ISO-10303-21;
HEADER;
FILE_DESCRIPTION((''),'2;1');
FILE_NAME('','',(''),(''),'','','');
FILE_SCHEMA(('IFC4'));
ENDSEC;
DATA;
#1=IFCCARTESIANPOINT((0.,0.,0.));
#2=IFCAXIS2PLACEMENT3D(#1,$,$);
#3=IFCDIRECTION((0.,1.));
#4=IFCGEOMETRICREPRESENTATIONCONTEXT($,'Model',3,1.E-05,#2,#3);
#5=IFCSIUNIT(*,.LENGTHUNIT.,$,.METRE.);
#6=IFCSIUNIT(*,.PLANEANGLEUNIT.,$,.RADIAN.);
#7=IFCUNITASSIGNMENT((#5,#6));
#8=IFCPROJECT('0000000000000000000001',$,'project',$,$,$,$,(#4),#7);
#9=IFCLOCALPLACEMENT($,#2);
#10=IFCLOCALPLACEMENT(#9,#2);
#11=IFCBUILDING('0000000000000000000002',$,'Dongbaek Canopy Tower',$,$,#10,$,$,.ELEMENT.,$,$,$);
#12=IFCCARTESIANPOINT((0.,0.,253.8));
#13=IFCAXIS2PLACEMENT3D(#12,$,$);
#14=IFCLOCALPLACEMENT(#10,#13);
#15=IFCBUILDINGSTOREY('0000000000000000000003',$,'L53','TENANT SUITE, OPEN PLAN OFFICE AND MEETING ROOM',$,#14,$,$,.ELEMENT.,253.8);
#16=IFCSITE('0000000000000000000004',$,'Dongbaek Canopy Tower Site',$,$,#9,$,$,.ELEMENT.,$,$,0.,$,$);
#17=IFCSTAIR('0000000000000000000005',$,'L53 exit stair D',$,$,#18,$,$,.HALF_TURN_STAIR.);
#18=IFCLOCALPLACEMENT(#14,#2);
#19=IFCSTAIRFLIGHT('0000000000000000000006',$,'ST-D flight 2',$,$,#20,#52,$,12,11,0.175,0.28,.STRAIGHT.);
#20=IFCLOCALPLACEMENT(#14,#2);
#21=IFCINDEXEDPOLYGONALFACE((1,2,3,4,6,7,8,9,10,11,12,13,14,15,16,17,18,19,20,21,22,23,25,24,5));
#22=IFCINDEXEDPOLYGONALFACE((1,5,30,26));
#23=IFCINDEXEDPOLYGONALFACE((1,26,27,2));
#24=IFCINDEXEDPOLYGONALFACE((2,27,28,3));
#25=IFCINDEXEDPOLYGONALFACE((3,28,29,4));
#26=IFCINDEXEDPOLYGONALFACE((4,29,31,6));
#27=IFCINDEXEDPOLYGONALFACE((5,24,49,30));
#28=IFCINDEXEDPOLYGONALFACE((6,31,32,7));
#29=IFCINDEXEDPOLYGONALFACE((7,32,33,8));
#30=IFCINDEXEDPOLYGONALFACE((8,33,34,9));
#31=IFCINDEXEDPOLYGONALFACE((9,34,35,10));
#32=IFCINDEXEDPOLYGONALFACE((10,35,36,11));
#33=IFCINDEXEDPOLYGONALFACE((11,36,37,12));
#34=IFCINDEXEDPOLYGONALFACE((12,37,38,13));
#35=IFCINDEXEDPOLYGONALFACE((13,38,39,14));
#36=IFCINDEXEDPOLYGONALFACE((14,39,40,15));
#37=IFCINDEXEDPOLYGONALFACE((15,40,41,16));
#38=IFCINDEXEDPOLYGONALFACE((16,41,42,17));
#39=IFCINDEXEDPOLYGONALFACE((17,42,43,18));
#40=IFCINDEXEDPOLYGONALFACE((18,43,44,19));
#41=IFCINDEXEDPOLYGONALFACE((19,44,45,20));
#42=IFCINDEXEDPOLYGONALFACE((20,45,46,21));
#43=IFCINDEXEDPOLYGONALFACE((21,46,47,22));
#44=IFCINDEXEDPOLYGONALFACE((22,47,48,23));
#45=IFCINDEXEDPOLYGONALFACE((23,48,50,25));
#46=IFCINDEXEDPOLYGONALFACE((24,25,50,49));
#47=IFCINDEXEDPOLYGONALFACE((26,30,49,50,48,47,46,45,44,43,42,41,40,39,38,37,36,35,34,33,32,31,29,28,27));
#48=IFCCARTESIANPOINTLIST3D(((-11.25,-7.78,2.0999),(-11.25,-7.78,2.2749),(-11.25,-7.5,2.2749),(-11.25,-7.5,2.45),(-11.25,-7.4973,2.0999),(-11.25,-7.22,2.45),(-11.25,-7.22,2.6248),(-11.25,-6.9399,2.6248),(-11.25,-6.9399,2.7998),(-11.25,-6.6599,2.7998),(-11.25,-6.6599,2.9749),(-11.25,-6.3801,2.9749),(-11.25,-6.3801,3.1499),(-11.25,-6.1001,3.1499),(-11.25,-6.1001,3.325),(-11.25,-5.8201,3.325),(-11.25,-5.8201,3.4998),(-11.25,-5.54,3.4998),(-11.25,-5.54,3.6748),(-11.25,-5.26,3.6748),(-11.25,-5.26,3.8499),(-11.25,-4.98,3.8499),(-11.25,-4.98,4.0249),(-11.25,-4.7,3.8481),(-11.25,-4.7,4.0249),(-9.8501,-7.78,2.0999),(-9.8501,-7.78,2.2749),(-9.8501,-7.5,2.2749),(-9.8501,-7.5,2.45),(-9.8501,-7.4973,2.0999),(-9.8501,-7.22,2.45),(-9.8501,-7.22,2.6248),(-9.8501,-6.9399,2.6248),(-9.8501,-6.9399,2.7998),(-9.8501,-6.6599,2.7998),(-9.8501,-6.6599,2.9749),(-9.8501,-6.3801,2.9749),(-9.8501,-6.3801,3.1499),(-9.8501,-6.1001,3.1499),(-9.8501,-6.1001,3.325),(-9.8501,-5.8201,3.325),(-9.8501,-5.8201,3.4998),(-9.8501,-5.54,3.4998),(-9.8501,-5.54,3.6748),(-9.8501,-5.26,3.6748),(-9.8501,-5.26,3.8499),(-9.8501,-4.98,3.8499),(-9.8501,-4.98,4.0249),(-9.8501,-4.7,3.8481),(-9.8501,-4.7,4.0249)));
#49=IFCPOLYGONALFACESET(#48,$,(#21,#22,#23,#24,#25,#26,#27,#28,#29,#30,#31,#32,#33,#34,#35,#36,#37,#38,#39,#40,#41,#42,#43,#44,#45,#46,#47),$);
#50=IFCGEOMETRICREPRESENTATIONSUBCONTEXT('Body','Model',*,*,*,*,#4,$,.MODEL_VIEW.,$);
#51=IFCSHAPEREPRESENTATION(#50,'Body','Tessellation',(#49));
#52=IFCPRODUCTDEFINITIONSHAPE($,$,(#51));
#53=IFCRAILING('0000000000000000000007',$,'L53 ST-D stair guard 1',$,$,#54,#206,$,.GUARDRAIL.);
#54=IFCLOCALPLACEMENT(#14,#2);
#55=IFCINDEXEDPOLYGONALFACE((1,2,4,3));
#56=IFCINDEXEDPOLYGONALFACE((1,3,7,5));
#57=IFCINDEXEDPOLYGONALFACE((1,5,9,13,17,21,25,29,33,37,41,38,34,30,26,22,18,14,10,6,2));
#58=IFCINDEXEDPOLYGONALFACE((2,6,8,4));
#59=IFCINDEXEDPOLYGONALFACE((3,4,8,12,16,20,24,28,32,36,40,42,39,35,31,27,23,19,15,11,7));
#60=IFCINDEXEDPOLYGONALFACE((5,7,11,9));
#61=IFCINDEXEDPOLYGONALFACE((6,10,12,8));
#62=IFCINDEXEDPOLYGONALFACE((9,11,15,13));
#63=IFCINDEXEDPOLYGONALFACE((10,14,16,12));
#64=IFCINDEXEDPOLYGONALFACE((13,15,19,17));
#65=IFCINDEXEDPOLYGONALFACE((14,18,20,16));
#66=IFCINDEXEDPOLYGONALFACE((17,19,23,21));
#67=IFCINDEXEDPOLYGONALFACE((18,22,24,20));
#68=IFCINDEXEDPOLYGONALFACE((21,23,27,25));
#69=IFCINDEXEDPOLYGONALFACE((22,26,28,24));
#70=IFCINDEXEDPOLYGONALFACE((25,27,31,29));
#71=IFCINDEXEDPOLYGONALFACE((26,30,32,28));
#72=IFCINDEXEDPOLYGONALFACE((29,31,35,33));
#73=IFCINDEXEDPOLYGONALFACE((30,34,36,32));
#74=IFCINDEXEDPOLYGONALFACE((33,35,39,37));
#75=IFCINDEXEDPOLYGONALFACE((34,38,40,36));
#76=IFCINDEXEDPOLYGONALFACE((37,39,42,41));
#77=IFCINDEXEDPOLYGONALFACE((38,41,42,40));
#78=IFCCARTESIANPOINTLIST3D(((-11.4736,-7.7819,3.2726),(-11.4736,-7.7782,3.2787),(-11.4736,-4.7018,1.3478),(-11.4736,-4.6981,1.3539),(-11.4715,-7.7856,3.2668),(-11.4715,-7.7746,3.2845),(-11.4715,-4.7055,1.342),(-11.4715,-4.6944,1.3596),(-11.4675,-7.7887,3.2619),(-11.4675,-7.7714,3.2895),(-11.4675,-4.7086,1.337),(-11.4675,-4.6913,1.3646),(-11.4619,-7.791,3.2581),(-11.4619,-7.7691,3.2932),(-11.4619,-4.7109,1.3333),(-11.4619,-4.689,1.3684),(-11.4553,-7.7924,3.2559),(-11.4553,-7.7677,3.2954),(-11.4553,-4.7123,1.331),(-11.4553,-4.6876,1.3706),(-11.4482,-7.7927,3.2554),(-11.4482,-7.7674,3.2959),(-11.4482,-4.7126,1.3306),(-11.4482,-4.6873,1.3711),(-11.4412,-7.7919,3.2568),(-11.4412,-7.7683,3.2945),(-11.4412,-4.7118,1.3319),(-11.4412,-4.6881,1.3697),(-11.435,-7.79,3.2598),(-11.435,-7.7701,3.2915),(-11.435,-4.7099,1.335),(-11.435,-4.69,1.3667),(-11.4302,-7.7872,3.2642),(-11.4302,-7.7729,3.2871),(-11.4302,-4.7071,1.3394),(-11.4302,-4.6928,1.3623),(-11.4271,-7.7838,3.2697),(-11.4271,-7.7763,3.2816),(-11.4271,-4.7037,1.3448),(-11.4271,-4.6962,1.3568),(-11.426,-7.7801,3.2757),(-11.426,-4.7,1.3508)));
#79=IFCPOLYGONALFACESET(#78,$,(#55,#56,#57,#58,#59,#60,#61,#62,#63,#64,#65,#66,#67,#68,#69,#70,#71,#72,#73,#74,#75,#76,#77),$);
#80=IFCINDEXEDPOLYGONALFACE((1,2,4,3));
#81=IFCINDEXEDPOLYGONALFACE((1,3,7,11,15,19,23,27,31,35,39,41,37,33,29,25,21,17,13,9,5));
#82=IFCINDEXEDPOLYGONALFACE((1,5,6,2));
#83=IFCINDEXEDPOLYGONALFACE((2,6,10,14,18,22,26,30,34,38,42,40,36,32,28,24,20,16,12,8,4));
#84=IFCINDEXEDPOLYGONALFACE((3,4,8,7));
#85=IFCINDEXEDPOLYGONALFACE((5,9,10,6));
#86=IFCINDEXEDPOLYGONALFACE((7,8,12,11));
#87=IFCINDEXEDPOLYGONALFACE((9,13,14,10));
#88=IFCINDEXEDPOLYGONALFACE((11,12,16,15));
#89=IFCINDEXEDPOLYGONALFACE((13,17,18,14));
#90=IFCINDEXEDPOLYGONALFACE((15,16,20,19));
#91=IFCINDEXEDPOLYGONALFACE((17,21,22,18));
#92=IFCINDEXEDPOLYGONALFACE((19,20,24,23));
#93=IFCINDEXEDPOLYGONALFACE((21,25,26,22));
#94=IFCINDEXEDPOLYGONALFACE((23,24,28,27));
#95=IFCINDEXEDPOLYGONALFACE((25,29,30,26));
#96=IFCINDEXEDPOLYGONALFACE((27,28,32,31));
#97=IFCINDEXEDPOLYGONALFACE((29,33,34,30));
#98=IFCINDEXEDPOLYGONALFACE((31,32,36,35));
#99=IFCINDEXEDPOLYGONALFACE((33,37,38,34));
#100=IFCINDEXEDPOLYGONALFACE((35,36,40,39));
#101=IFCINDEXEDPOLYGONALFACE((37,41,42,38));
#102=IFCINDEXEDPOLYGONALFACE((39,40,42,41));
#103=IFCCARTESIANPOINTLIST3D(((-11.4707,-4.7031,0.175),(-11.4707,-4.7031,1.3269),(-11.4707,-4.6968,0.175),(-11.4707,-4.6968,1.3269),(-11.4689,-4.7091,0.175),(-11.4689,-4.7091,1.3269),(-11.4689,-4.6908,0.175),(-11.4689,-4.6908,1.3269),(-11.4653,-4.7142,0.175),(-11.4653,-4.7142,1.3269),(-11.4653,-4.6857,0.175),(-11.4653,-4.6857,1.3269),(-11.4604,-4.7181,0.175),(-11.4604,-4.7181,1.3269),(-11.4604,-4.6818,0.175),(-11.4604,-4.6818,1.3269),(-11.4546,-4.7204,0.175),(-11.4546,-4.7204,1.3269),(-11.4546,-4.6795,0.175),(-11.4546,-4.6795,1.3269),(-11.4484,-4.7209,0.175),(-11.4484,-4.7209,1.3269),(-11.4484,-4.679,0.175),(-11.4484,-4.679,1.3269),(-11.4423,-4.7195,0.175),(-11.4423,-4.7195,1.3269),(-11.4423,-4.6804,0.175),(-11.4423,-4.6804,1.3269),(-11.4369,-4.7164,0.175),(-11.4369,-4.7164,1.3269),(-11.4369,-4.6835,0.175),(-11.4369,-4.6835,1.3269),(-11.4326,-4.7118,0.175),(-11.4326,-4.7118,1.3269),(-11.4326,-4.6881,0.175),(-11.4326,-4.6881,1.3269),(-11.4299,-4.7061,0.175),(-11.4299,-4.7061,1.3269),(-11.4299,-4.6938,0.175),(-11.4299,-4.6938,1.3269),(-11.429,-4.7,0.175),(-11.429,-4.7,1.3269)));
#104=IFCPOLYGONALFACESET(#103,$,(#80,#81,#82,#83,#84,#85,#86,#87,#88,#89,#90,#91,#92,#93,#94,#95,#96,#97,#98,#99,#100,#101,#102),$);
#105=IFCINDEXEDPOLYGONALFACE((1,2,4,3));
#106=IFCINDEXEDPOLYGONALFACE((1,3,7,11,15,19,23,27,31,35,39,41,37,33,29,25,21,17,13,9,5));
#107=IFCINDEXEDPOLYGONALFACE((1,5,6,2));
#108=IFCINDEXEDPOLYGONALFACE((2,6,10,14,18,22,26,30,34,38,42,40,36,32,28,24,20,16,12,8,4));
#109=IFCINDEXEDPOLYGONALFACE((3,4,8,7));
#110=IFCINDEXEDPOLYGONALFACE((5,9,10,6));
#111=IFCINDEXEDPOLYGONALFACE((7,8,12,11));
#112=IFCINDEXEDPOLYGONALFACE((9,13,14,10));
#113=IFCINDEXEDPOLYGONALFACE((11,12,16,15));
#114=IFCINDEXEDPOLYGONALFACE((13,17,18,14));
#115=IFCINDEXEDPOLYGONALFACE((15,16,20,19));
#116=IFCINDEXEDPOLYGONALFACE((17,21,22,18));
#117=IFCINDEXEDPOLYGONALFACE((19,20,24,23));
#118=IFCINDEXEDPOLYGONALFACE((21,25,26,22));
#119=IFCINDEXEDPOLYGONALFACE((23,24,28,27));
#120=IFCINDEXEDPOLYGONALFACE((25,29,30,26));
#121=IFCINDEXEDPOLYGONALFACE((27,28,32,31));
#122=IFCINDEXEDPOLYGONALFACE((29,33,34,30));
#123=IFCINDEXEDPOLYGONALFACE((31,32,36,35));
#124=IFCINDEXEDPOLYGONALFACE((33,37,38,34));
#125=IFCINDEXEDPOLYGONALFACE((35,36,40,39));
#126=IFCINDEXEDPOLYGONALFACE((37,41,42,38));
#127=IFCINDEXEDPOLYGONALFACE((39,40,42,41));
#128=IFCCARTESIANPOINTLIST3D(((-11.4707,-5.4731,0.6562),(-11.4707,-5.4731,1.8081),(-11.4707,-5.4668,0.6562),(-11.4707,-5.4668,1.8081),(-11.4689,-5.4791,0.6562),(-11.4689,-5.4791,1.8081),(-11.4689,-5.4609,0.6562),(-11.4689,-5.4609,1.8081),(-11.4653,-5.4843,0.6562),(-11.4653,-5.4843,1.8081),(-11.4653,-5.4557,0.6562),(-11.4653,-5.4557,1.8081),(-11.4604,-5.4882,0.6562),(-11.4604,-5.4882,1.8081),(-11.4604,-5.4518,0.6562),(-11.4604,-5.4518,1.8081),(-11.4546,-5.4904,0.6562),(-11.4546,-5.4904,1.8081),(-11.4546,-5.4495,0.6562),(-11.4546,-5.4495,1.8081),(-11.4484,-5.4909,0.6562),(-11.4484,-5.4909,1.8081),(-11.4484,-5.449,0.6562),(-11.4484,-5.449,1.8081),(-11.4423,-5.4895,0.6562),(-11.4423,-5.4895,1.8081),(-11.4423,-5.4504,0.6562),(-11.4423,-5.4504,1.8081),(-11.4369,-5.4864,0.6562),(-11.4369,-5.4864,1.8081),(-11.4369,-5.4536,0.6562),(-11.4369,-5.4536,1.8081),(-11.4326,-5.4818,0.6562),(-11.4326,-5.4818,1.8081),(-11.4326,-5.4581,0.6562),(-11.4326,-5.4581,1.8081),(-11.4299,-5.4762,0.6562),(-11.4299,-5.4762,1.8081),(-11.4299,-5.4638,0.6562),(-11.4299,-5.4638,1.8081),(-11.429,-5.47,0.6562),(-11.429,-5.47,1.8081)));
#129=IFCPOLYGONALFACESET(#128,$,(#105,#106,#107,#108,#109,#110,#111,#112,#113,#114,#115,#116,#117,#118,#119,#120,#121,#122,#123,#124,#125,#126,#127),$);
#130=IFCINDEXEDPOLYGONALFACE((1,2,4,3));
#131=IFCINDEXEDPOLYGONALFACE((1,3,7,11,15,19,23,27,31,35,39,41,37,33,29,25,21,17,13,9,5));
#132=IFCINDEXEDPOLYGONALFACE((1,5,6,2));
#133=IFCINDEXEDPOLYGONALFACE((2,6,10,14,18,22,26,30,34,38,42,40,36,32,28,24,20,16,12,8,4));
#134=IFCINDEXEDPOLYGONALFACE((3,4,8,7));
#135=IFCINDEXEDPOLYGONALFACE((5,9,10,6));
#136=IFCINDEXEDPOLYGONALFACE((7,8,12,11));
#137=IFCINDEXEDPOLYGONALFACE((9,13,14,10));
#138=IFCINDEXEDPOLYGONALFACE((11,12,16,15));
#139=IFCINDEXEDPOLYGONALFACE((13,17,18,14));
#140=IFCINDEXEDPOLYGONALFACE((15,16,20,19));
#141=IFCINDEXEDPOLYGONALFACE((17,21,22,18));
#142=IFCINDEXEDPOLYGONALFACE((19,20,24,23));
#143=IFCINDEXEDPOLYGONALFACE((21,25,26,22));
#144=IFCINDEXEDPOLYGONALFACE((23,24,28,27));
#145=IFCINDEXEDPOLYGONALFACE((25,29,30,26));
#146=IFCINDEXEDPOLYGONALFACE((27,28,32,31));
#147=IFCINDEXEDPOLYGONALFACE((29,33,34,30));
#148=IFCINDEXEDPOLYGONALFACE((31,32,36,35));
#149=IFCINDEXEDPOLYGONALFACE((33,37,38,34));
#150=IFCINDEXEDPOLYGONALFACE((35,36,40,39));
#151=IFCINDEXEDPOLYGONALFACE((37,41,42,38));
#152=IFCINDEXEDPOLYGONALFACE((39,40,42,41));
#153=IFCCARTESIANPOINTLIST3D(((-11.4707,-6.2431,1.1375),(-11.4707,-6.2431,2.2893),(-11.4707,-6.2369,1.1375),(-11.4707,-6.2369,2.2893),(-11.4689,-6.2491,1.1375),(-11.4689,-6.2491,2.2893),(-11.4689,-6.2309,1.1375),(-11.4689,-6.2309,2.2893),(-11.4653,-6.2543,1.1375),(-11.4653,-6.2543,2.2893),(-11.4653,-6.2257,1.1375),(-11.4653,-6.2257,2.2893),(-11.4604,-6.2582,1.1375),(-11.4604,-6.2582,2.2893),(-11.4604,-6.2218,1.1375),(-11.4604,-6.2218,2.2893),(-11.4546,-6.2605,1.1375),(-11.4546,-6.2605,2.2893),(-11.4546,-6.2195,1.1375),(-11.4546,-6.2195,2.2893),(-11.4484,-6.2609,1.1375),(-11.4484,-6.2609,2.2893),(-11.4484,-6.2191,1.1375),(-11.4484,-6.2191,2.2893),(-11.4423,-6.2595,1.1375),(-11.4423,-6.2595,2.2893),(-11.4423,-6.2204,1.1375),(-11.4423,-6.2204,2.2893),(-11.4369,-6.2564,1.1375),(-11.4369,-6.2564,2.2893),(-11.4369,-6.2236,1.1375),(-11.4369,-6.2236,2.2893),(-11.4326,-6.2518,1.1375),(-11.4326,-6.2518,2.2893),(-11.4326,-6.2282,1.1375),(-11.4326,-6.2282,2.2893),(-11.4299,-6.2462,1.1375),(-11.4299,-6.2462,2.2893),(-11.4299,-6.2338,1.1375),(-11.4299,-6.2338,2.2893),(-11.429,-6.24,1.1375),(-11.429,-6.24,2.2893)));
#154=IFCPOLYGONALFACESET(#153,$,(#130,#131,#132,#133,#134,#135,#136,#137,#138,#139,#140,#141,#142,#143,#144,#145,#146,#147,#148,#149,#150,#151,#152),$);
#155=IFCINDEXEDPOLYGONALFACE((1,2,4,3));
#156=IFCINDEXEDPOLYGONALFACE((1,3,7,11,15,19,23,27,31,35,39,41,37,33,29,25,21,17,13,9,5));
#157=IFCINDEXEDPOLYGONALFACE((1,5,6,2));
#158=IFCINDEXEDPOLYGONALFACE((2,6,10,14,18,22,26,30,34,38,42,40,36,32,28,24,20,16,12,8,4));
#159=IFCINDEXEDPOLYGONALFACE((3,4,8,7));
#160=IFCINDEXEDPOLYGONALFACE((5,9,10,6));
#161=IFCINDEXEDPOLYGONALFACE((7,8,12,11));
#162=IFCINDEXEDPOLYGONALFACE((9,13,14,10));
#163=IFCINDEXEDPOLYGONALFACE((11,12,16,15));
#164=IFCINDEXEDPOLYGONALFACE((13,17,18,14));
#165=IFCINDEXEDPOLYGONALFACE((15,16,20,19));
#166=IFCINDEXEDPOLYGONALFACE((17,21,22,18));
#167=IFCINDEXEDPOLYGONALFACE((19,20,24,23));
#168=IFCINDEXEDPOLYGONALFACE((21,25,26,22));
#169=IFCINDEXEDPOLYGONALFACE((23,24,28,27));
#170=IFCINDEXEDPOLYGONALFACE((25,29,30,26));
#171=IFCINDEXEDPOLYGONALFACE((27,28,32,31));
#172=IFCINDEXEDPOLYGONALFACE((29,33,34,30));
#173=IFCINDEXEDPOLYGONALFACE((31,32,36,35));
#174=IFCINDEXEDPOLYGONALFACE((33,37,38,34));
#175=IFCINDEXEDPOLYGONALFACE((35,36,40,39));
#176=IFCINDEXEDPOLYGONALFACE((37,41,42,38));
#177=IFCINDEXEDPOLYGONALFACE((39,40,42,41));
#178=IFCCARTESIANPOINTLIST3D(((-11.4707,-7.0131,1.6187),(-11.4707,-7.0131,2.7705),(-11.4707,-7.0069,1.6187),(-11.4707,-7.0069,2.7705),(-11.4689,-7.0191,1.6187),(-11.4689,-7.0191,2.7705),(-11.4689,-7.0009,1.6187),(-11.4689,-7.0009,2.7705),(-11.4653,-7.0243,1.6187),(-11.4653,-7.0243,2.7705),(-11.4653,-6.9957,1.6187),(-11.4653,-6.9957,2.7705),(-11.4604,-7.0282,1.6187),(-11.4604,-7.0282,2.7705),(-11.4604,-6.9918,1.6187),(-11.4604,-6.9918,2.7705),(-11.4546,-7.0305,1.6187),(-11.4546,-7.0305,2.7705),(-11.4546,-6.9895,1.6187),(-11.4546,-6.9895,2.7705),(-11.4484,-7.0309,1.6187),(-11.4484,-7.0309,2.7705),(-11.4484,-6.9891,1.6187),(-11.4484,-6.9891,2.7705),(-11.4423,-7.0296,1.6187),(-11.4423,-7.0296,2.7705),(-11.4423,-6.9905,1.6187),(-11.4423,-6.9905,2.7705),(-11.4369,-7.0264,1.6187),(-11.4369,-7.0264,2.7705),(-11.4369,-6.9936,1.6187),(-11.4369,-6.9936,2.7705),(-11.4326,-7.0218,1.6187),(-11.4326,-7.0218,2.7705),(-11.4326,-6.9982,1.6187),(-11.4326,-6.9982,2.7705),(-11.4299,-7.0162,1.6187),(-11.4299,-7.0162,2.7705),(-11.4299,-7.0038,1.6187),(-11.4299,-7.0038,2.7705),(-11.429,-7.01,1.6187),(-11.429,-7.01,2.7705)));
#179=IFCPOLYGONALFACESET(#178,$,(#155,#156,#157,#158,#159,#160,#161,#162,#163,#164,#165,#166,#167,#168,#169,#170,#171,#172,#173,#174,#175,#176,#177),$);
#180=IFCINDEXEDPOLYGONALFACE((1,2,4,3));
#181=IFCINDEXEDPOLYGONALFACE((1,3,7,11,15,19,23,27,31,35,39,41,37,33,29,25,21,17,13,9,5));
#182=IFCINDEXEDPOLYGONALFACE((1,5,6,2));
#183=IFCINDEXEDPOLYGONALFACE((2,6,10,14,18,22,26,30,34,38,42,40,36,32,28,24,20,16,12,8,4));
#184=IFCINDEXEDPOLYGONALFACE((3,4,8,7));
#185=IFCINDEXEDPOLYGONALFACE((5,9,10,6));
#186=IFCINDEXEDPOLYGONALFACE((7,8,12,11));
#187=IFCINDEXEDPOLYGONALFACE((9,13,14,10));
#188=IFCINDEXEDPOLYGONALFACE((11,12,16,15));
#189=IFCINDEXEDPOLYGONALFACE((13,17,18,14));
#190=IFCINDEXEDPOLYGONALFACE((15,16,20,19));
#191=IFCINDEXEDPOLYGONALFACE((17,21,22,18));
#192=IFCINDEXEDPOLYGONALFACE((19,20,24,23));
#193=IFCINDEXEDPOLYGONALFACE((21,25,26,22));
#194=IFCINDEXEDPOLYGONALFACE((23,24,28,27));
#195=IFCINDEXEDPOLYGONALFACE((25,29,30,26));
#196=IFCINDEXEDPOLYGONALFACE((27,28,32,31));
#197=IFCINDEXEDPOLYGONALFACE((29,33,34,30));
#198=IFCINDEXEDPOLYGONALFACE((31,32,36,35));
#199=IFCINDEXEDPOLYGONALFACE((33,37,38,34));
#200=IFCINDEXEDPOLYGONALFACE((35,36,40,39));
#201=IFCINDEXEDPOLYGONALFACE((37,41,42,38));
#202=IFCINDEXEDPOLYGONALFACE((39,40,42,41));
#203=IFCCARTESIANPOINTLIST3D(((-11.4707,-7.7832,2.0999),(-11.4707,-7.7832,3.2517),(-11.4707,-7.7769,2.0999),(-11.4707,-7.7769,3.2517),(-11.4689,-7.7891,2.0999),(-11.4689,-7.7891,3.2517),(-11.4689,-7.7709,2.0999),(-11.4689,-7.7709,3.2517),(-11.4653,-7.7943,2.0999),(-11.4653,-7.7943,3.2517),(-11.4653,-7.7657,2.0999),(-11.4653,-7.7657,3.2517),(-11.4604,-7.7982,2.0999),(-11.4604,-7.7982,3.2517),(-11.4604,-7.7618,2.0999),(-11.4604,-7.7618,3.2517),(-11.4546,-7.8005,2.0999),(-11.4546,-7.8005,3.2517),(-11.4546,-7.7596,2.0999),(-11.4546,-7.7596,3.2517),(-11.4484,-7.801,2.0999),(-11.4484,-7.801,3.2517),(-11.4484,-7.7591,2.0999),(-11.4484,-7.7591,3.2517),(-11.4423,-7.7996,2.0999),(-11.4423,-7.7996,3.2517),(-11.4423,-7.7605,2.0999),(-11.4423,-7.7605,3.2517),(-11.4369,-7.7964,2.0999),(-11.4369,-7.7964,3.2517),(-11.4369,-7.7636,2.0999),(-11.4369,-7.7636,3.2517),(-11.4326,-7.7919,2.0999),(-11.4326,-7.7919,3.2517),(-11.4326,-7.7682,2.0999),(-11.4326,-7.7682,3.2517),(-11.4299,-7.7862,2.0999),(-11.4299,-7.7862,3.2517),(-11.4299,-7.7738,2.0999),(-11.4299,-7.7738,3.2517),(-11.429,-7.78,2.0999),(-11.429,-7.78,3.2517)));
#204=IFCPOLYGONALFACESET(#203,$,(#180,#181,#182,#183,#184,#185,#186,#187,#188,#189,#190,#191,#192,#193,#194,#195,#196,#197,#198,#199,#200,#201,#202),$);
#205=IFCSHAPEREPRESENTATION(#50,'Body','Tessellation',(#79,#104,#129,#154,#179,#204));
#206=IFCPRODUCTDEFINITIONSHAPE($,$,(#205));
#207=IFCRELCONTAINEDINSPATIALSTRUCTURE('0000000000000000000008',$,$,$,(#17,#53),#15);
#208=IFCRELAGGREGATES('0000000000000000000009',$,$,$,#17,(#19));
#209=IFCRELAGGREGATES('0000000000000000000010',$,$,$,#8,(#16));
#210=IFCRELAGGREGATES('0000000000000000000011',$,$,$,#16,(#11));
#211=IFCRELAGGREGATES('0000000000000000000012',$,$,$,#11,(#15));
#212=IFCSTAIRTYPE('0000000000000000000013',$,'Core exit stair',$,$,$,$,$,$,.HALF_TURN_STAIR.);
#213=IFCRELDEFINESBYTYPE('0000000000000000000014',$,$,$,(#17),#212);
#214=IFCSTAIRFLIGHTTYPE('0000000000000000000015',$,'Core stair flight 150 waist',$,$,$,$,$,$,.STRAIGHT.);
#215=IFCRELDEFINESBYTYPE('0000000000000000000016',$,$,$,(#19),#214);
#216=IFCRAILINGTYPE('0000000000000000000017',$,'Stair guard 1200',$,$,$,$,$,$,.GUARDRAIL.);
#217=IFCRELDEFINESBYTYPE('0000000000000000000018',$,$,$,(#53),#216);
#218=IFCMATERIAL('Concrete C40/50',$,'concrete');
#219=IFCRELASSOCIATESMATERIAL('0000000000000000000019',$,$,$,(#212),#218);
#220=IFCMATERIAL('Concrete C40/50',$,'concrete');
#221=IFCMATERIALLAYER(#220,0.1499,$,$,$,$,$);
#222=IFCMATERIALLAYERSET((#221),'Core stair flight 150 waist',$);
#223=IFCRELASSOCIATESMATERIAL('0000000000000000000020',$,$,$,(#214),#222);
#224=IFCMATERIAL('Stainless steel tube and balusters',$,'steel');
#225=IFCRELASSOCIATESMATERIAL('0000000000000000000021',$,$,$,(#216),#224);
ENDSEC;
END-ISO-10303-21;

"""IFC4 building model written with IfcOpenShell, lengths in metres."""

from ifc_helpers import new_model, si_unit, direction, frame, origin, origin_2d, place, context, subcontext, project, spatial, polyline, circle, outline, extrude, material, layer, layer_set, type_object, element, aggregate, save


model = new_model("IFC4")

# Units and contexts
model_context = context("Model", 3, precision=1e-05, world=origin(), true_north=direction((0.0, 1.0)))
body_context = subcontext(model_context, "Body", "Model", "MODEL_VIEW")
ifc_project = project(units=[si_unit("LENGTHUNIT", "METRE"), si_unit("PLANEANGLEUNIT", "RADIAN")], contexts=[model_context])

# Site, building, storey
site_placement = place(None, origin())
site = spatial("IfcSite", under=ifc_project, at=site_placement, Name="Dongbaek Canopy Tower Site", CompositionType="ELEMENT", RefElevation=0.0)
building_placement = place(site_placement, origin())
building = spatial("IfcBuilding", under=site, at=building_placement, Name="Dongbaek Canopy Tower", CompositionType="ELEMENT")
storey_placement = place(building_placement, frame((0.0, 0.0, 253.8)))
storey = spatial("IfcBuildingStorey", under=building, at=storey_placement, Name="L53", Description="TENANT SUITE, OPEN PLAN OFFICE AND MEETING ROOM", CompositionType="ELEMENT", Elevation=253.8)

# Stair, stair flight
ifc_material_1 = material(Name="Concrete C40/50", Category="concrete")
stair_type = type_object("IfcStairType", Name="Core exit stair", PredefinedType="HALF_TURN_STAIR", material=ifc_material_1)
stair_placement = place(storey_placement, origin())
stair = element("IfcStair", 1, at=stair_placement, inside=storey, type_object=stair_type, Name="L53 exit stair D", PredefinedType="HALF_TURN_STAIR")
ifc_material_2 = material(Name="Concrete C40/50", Category="concrete")
ifc_layer_1 = layer(ifc_material_2, 0.1499)
ifc_layer_set_1 = layer_set([ifc_layer_1], Name="Core stair flight 150 waist")
stair_flight_type = type_object("IfcStairFlightType", Name="Core stair flight 150 waist", PredefinedType="STRAIGHT", material=ifc_layer_set_1)
stair_flight_1_placement = place(storey_placement, frame((-10.55, -7.78, 2.0999), z_axis=(0.0, 0.0, 1.0), x_axis=(0.0, 1.0, 0.0)))
stair_flight_1 = element("IfcStairFlight", 2, at=stair_flight_1_placement, type_object=stair_flight_type, Name="ST-D flight 2", NumberOfRisers=12, NumberOfTreads=11, PredefinedType="STRAIGHT", RiserHeight=0.175, TreadLength=0.28, context=body_context, shape_type="SweptSolid", body=[
    extrude(outline(polyline([(0.0, 0.0), (0.0, 0.175), (0.28, 0.175), (0.28, 0.3501), (0.5601, 0.3501), (0.5601, 0.5249), (0.8401, 0.5249), (0.8401, 0.7), (1.1201, 0.7), (1.1201, 0.875), (1.3999, 0.875), (1.3999, 1.05), (1.6799, 1.05), (1.6799, 1.2251), (1.96, 1.2251), (1.96, 1.3999), (2.24, 1.3999), (2.24, 1.575), (2.52, 1.575), (2.52, 1.75), (2.8, 1.75), (2.8, 1.925), (3.0801, 1.925), (3.0801, 2.1001), (3.0801, 1.7483), (0.2827, 0.0), (0.0, 0.0)])), frame((0.0, 0.7, 0.0), z_axis=(0.0, -1.0, 0.0), x_axis=(1.0, 0.0, 0.0)), (0.0, 0.0, 1.0), 1.3999),
])
aggregate(stair, [stair_flight_1])

# Railing
ifc_material_3 = material(Name="Stainless steel tube and balusters", Category="steel")
railing_type_1 = type_object("IfcRailingType", Name="Stair guard 1200", PredefinedType="GUARDRAIL", material=ifc_material_3)
railing_1_placement = place(storey_placement, frame((-11.45, -4.7, 0.175)))
element("IfcRailing", 3, at=railing_1_placement, inside=storey, type_object=railing_type_1, Name="L53 ST-D stair guard 1", PredefinedType="GUARDRAIL", context=body_context, shape_type="SweptSolid", body=[
    extrude(circle(Radius=0.0239, at=origin_2d()), frame((0.0, 0.0, 1.1758), z_axis=(0.0, -0.848029, 0.529951), x_axis=(1.0, 0.0, 0.0)), (0.0, 0.0, 1.0), 3.6321),
    extrude(circle(Radius=0.021, at=origin_2d()), origin(), (0.0, 0.0, 1.0), 1.1519),
    extrude(circle(Radius=0.021, at=origin_2d()), frame((0.0, -0.77, 0.4812)), (0.0, 0.0, 1.0), 1.1519),
    extrude(circle(Radius=0.021, at=origin_2d()), frame((0.0, -1.54, 0.9624)), (0.0, 0.0, 1.0), 1.1519),
    extrude(circle(Radius=0.021, at=origin_2d()), frame((0.0, -2.3101, 1.4436)), (0.0, 0.0, 1.0), 1.1519),
    extrude(circle(Radius=0.021, at=origin_2d()), frame((0.0, -3.0801, 1.9248)), (0.0, 0.0, 1.0), 1.1519),
])

save(model, "model.ifc")
